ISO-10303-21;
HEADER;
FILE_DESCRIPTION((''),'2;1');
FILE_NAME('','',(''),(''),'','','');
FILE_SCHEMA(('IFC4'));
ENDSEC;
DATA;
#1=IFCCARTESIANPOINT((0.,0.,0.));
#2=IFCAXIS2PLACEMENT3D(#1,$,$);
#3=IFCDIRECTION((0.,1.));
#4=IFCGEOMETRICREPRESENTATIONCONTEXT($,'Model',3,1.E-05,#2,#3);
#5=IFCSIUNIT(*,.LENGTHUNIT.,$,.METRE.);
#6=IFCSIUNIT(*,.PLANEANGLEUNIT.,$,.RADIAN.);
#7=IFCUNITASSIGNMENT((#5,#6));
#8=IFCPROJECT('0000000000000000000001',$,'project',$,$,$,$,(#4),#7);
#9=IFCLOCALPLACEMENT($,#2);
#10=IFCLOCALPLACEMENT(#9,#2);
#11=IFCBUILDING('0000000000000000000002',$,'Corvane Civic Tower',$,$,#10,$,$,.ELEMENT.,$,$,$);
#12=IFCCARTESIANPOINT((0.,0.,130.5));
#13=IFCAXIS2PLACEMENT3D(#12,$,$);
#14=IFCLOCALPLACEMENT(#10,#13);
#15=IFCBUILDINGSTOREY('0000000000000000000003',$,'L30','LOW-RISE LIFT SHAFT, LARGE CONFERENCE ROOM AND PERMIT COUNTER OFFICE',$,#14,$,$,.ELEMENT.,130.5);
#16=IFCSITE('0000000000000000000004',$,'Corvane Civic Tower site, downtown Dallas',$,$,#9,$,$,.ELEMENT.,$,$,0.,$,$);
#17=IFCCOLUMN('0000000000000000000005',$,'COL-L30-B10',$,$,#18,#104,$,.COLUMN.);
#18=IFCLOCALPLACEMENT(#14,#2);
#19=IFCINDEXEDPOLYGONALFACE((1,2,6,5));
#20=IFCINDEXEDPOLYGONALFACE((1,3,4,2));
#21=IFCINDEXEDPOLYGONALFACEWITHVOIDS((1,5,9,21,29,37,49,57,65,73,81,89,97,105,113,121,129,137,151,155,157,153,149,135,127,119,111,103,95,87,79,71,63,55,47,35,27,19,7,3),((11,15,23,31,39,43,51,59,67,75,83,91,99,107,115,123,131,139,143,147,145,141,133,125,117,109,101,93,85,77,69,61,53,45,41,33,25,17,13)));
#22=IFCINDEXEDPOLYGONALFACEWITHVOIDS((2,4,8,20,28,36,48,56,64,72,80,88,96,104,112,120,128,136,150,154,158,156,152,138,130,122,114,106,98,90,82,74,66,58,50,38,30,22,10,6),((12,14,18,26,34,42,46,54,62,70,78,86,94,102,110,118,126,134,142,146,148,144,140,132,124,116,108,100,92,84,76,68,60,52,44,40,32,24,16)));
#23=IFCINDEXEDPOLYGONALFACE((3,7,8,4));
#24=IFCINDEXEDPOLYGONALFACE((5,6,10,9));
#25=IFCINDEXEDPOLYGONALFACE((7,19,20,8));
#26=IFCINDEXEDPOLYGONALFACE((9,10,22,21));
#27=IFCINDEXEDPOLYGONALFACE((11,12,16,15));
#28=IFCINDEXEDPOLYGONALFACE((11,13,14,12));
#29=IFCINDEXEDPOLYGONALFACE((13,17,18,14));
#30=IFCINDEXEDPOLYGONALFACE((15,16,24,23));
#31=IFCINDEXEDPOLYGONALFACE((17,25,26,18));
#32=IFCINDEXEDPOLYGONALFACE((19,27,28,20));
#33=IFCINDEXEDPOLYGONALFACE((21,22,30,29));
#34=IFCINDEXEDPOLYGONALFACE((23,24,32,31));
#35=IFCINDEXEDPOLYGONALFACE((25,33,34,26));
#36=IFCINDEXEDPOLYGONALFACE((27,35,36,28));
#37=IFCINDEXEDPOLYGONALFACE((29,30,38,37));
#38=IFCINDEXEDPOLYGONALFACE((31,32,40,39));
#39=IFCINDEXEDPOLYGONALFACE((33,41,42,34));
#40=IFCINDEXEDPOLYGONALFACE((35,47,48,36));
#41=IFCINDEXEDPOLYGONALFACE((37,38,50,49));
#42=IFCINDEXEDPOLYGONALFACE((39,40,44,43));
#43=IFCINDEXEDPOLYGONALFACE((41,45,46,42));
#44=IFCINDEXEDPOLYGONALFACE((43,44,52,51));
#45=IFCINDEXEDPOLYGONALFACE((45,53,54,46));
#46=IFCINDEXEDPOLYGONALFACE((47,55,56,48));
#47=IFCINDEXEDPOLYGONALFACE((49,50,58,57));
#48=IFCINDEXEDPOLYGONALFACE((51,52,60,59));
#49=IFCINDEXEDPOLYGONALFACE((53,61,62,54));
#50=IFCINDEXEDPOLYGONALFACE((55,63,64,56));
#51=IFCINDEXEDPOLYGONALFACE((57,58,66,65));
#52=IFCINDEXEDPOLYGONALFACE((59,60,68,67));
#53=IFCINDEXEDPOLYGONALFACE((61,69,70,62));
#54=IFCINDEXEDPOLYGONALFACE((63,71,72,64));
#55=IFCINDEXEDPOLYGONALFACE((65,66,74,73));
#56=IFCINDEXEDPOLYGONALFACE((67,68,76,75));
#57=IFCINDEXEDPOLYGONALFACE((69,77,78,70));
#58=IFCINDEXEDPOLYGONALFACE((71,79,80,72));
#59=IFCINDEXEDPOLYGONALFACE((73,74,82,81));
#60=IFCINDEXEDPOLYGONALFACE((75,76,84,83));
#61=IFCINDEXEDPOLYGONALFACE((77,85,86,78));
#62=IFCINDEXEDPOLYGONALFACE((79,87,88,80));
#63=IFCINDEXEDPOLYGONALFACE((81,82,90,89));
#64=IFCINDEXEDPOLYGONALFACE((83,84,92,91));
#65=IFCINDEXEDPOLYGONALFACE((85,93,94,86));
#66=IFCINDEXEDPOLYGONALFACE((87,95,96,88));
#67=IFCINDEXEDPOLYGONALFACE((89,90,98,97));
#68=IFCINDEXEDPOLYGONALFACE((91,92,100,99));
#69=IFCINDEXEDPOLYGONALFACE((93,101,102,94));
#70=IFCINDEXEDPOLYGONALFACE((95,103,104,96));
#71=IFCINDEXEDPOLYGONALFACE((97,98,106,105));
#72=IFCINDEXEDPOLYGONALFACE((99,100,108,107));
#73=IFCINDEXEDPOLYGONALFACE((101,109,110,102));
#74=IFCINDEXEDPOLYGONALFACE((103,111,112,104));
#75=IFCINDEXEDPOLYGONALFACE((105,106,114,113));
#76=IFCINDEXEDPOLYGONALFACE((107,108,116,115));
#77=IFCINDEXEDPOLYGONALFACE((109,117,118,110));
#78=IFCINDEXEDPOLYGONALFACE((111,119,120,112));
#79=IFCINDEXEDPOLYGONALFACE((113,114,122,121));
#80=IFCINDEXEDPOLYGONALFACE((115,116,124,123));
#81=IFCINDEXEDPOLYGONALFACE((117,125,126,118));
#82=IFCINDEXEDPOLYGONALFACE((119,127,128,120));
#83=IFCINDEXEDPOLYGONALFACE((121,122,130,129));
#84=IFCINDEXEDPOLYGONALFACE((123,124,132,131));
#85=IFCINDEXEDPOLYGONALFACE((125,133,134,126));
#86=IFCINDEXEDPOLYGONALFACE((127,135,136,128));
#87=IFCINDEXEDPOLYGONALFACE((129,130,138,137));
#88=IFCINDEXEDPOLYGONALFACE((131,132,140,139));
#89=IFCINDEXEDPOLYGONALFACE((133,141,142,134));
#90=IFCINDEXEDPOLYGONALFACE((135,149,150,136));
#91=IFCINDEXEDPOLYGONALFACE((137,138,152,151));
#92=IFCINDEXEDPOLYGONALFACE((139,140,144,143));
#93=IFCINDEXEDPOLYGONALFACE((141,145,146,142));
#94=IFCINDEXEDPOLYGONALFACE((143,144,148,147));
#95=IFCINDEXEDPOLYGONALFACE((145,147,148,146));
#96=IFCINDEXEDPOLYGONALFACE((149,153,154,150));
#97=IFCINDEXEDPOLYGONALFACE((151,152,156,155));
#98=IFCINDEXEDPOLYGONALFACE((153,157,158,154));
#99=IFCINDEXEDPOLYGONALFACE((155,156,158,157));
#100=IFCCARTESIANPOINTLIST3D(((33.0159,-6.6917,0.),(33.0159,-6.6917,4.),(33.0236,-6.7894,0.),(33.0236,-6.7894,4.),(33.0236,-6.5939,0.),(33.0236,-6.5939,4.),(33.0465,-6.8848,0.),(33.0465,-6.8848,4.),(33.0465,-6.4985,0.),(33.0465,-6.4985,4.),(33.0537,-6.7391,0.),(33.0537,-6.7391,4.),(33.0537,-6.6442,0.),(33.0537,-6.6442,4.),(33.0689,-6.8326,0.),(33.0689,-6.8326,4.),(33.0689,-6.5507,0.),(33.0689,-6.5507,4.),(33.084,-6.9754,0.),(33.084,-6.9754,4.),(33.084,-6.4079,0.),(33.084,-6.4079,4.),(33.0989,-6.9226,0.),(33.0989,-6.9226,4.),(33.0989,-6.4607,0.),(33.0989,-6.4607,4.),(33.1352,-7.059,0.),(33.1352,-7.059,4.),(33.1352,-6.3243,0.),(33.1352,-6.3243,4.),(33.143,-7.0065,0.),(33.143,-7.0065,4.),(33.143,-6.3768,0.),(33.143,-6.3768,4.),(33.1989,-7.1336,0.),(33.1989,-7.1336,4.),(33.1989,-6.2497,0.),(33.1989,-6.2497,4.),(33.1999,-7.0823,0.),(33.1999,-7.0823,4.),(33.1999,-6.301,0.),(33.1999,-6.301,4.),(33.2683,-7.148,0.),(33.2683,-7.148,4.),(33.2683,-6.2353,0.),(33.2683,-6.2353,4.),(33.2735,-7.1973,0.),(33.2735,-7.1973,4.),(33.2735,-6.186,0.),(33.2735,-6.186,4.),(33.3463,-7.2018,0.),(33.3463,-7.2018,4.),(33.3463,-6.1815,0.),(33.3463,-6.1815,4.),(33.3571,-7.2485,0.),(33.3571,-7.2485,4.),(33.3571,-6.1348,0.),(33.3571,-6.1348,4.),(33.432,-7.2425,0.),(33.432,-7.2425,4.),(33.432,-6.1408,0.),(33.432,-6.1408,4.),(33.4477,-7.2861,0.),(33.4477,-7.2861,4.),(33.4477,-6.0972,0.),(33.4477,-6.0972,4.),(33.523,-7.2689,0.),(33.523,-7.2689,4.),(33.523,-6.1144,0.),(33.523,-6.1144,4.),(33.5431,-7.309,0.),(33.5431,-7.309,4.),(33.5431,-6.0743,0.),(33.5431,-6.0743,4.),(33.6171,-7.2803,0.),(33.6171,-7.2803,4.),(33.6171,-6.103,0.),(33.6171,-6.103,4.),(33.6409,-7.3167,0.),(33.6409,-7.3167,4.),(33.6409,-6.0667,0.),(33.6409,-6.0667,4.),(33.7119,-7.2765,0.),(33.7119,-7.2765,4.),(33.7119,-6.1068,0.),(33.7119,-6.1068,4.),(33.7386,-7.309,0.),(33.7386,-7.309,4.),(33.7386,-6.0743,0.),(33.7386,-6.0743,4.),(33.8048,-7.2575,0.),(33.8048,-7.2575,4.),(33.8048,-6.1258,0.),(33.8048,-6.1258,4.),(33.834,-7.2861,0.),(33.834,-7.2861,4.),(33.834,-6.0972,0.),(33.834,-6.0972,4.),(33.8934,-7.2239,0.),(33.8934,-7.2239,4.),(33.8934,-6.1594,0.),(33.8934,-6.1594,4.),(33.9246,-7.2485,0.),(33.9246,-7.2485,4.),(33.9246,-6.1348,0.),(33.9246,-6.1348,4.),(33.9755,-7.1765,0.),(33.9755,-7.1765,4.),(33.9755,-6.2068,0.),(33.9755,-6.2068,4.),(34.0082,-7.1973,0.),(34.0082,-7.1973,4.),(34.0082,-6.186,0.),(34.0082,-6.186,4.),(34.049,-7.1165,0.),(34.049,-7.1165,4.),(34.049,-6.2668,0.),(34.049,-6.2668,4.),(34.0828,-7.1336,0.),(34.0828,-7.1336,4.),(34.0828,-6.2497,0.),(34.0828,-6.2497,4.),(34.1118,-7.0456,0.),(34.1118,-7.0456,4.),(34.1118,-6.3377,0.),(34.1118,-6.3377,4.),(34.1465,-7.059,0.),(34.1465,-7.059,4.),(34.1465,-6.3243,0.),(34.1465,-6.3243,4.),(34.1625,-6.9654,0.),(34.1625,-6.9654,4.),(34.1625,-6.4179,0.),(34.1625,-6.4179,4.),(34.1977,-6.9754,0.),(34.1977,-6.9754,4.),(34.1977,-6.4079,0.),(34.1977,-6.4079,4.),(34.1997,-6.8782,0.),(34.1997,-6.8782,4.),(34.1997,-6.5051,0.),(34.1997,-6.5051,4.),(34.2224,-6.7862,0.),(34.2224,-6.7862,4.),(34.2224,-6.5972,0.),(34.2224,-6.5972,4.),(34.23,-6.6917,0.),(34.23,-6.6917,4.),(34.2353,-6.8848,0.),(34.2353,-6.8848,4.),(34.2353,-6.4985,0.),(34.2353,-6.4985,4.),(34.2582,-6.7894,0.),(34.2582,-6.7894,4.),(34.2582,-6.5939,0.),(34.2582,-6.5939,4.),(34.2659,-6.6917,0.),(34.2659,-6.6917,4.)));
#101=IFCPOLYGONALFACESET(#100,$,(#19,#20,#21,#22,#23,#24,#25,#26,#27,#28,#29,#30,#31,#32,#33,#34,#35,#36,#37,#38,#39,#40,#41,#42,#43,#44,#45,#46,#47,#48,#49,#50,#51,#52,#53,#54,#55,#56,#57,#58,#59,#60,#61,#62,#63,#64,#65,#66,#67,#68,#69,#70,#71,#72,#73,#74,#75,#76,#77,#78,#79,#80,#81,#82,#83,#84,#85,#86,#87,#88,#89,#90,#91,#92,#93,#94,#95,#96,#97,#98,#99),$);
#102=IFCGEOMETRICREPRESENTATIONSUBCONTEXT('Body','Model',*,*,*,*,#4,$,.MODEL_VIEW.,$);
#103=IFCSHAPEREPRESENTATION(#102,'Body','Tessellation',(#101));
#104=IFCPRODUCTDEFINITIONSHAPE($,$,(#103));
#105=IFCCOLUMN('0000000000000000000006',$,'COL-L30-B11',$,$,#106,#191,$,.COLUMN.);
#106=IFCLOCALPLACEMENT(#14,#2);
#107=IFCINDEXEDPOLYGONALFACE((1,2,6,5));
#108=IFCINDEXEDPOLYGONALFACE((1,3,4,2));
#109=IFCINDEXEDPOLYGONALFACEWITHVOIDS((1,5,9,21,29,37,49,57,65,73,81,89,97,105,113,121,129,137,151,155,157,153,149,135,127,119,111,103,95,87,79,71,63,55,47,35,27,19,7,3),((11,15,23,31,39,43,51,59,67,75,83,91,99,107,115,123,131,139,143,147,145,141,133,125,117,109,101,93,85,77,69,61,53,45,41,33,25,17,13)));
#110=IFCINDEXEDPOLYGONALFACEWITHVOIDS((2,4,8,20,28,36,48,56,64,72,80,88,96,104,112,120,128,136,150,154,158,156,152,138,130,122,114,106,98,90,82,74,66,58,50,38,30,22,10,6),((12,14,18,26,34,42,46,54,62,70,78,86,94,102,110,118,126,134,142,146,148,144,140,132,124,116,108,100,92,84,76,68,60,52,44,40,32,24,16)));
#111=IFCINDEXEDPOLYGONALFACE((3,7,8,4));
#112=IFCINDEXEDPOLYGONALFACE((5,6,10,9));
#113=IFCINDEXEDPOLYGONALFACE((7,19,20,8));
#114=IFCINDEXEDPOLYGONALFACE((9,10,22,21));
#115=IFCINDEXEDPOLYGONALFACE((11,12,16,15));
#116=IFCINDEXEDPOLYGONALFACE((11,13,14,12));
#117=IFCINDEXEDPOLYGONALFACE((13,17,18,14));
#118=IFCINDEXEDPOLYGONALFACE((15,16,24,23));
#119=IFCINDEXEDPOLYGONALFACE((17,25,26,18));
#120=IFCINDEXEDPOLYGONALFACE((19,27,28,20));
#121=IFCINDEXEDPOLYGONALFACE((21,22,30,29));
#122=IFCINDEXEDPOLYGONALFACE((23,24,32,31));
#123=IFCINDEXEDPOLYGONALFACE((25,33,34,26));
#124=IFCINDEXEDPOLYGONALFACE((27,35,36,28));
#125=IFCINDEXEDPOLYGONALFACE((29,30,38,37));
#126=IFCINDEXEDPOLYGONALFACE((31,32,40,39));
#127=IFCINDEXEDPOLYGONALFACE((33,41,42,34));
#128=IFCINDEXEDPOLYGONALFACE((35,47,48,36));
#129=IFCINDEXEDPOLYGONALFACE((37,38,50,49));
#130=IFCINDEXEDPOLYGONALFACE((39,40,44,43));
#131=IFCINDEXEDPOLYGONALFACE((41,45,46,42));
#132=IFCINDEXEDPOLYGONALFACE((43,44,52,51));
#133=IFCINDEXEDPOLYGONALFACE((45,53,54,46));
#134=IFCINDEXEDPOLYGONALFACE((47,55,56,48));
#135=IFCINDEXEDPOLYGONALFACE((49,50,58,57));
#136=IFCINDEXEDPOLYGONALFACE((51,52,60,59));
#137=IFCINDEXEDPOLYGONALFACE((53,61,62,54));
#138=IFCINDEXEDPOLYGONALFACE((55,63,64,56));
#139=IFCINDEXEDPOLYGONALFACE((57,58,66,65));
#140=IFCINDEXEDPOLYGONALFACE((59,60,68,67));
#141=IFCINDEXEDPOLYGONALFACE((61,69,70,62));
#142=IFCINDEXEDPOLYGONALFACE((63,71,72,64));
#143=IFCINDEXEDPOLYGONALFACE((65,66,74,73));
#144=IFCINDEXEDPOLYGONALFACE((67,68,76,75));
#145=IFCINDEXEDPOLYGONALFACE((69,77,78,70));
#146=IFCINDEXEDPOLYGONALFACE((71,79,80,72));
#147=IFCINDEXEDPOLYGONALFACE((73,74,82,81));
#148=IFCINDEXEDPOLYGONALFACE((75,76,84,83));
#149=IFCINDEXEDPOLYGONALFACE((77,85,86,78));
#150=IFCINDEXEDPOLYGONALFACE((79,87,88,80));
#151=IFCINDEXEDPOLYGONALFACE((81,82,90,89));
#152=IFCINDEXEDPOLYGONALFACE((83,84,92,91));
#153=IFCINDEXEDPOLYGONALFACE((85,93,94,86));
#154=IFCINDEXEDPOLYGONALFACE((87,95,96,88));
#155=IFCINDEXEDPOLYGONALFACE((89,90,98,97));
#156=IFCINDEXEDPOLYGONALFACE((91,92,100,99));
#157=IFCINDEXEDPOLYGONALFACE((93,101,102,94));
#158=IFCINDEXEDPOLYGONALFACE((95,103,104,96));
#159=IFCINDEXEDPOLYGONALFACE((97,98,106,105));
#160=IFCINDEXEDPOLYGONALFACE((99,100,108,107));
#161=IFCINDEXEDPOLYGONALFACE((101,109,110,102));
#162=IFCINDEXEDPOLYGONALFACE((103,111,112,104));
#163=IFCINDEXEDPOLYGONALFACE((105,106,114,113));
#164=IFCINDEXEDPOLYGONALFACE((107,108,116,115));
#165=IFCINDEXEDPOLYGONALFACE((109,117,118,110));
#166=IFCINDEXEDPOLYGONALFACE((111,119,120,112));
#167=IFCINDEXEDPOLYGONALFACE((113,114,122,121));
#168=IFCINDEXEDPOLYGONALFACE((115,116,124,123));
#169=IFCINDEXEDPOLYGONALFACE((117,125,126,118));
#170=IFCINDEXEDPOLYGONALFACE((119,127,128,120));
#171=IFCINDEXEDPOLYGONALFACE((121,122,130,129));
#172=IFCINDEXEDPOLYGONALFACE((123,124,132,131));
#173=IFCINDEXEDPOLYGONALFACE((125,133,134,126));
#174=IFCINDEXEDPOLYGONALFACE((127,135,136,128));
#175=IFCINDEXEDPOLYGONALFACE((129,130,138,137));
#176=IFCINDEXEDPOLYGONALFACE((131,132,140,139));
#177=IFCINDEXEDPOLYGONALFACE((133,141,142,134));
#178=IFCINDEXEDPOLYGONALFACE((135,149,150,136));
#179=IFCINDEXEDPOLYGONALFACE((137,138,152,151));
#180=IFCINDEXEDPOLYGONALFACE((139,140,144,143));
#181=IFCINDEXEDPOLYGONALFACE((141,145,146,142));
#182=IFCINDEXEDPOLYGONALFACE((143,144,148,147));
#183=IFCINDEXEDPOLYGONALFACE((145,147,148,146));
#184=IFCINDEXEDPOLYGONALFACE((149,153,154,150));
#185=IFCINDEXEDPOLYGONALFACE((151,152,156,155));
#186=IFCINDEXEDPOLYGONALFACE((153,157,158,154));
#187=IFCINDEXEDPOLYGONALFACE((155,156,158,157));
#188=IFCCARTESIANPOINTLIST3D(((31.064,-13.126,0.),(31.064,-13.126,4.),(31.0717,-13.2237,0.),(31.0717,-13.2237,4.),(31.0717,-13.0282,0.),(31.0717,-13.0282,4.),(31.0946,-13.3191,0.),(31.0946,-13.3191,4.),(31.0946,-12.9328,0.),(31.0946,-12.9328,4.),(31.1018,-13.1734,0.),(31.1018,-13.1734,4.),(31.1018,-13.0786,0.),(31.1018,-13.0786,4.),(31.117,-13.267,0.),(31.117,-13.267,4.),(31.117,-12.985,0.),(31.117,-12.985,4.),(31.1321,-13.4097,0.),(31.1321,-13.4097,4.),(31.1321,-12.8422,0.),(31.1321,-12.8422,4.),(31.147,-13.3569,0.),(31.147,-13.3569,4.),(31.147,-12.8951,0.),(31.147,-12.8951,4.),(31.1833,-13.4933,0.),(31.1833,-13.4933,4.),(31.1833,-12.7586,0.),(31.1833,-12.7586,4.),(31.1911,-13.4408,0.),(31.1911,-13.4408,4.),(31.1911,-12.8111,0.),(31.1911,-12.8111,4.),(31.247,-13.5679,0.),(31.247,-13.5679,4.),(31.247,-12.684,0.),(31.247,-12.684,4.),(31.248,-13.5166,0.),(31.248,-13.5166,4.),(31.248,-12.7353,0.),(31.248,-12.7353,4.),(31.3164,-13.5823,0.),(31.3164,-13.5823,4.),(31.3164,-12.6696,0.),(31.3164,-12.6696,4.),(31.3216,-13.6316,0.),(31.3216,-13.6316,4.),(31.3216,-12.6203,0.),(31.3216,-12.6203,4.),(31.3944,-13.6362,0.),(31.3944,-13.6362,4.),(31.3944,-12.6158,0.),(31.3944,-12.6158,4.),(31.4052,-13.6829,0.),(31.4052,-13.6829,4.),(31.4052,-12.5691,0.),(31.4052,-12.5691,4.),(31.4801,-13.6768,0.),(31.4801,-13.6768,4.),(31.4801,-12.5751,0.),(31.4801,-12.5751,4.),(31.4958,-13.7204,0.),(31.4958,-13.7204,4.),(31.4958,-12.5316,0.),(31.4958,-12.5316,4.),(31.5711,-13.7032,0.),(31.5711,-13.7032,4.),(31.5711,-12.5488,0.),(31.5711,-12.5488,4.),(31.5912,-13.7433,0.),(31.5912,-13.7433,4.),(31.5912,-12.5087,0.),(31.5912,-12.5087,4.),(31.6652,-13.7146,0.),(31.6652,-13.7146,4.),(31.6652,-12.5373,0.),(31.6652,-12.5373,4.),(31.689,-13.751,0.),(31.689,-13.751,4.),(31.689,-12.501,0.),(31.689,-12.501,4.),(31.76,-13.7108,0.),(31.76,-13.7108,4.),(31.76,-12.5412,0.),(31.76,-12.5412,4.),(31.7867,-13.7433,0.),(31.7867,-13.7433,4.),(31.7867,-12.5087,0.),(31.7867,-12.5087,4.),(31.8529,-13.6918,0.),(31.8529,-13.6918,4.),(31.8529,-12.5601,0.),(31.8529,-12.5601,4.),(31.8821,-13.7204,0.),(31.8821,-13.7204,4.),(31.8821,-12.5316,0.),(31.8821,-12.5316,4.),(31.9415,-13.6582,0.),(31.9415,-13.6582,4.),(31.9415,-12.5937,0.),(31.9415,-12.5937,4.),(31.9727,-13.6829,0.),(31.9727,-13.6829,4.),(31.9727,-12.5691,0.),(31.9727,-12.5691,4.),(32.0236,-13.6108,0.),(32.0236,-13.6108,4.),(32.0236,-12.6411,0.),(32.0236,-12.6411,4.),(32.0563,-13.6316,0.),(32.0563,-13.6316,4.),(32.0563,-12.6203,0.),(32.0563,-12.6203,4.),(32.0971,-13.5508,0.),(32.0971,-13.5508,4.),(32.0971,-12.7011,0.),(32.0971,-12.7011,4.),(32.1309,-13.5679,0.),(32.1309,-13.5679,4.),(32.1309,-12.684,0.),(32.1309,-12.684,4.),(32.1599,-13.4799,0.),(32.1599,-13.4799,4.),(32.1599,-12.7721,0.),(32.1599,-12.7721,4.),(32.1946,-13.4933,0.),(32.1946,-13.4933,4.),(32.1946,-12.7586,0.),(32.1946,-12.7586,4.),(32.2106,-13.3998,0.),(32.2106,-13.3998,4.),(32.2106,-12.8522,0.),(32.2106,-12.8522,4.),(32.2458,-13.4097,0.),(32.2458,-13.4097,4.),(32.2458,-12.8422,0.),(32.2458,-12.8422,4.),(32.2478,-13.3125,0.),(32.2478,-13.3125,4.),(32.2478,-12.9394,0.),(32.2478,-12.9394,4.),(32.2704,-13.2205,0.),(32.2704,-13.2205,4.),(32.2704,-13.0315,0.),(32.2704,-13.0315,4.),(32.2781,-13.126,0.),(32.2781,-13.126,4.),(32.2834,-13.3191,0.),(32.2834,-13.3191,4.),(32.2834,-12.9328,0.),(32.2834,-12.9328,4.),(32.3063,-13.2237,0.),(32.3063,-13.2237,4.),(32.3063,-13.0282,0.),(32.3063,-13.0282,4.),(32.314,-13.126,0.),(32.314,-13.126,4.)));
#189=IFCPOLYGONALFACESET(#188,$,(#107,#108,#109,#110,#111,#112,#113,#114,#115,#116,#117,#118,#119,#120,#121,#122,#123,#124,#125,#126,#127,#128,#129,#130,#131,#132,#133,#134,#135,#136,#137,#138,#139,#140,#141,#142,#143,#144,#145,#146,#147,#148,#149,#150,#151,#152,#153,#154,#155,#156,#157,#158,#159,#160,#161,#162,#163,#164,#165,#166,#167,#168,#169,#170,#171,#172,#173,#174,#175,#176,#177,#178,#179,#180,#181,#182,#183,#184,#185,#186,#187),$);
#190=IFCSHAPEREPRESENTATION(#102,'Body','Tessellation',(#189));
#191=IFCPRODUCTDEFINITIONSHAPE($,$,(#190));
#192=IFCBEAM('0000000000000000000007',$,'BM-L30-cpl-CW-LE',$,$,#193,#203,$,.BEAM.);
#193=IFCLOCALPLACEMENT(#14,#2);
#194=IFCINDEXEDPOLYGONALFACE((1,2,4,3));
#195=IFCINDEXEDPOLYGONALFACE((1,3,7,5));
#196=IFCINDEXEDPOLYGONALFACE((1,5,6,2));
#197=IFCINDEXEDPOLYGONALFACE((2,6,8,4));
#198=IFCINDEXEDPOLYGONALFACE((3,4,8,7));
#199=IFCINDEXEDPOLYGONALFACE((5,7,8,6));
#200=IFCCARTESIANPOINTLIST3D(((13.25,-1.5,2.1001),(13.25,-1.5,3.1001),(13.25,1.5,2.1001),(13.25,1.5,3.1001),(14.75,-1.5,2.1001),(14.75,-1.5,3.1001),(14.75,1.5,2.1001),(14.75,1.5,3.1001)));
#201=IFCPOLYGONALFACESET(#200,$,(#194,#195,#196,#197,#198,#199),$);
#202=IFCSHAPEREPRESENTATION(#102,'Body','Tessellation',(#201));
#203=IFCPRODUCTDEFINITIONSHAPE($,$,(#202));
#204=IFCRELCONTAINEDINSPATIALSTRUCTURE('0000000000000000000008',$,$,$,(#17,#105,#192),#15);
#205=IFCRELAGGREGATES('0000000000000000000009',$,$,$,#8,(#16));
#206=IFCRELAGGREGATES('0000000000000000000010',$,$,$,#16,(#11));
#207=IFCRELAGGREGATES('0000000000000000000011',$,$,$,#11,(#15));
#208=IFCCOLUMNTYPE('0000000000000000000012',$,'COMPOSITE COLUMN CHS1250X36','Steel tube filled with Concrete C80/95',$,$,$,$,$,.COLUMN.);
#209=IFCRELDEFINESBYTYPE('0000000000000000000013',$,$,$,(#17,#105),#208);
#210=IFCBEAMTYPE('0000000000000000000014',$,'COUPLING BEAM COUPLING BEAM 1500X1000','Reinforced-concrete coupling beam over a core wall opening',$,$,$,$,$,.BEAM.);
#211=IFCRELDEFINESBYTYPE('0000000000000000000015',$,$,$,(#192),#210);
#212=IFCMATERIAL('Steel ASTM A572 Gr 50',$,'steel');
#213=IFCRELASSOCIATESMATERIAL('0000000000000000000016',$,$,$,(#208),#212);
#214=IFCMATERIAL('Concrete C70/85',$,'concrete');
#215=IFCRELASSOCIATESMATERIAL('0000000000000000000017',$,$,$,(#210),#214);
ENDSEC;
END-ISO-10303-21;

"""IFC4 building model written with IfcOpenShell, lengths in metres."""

from ifc_helpers import new_model, si_unit, direction, frame, origin, origin_2d, place, context, subcontext, project, spatial, rectangle, hollow_circle, extrude, material, material_profile, profile_set, type_object, element, save


model = new_model("IFC4")

# Units and contexts
model_context = context("Model", 3, precision=1e-05, world=origin(), true_north=direction((0.0, 1.0)))
body_context = subcontext(model_context, "Body", "Model", "MODEL_VIEW")
ifc_project = project(units=[si_unit("LENGTHUNIT", "METRE"), si_unit("PLANEANGLEUNIT", "RADIAN")], contexts=[model_context])

# Site, building, storey
site_placement = place(None, origin())
site = spatial("IfcSite", under=ifc_project, at=site_placement, Name="Corvane Civic Tower site, downtown Dallas", CompositionType="ELEMENT", RefElevation=0.0)
building_placement = place(site_placement, origin())
building = spatial("IfcBuilding", under=site, at=building_placement, Name="Corvane Civic Tower", CompositionType="ELEMENT")
storey_placement = place(building_placement, frame((0.0, 0.0, 130.5)))
storey = spatial("IfcBuildingStorey", under=building, at=storey_placement, Name="L30", Description="LOW-RISE LIFT SHAFT, LARGE CONFERENCE ROOM AND PERMIT COUNTER OFFICE", CompositionType="ELEMENT", Elevation=130.5)

# Columns
ifc_material_1 = material(Name="Steel ASTM A572 Gr 50", Category="steel")
ifc_material_profile_1 = material_profile(ifc_material_1, hollow_circle(Radius=0.625, WallThickness=0.0359, at=origin_2d()), Name="CHS1250X36")
ifc_profile_set_1 = profile_set([ifc_material_profile_1], Name="Steel ASTM A572 Gr 50")
column_type = type_object("IfcColumnType", Name="COMPOSITE COLUMN CHS1250X36", Description="Steel tube filled with Concrete C80/95", PredefinedType="COLUMN", material=ifc_profile_set_1)
for number, where, z_axis, x_axis, name in (
    (1, (33.6409, -6.6917, 0.0), (0.0, 0.0, 1.0), (1.0, 0.0, 0.0), "COL-L30-B10"),
    (2, (31.689, -13.126, 0.0), (0.0, 0.0, 1.0), (1.0, 0.0, 0.0), "COL-L30-B11"),
):
    element("IfcColumn", number, at=place(storey_placement, frame(where, z_axis=z_axis, x_axis=x_axis)), inside=storey, type_object=column_type, Name=name, PredefinedType="COLUMN", context=body_context, shape_type="SweptSolid", body=[
        extrude(hollow_circle(Radius=0.625, WallThickness=0.0359, at=origin_2d()), origin(), (0.0, 0.0, 1.0), 4.0),
    ])

# Beam
ifc_material_2 = material(Name="Concrete C70/85", Category="concrete")
ifc_material_profile_2 = material_profile(ifc_material_2, rectangle(XDim=1.5, YDim=1.0, at=origin_2d()), Name="COUPLING BEAM 1500X1000")
ifc_profile_set_2 = profile_set([ifc_material_profile_2], Name="Concrete C70/85")
beam_type_1 = type_object("IfcBeamType", Name="COUPLING BEAM COUPLING BEAM 1500X1000", Description="Reinforced-concrete coupling beam over a core wall opening", PredefinedType="BEAM", material=ifc_profile_set_2)
beam_1_placement = place(storey_placement, frame((14.0, -1.5, 2.6001), z_axis=(0.0, 1.0, 0.0), x_axis=(-1.0, 0.0, 0.0)))
element("IfcBeam", 3, at=beam_1_placement, inside=storey, type_object=beam_type_1, Name="BM-L30-cpl-CW-LE", PredefinedType="BEAM", context=body_context, shape_type="SweptSolid", body=[
    extrude(rectangle(XDim=1.5, YDim=1.0, at=origin_2d()), origin(), (0.0, 0.0, 1.0), 3.0),
])

save(model, "model.ifc")
